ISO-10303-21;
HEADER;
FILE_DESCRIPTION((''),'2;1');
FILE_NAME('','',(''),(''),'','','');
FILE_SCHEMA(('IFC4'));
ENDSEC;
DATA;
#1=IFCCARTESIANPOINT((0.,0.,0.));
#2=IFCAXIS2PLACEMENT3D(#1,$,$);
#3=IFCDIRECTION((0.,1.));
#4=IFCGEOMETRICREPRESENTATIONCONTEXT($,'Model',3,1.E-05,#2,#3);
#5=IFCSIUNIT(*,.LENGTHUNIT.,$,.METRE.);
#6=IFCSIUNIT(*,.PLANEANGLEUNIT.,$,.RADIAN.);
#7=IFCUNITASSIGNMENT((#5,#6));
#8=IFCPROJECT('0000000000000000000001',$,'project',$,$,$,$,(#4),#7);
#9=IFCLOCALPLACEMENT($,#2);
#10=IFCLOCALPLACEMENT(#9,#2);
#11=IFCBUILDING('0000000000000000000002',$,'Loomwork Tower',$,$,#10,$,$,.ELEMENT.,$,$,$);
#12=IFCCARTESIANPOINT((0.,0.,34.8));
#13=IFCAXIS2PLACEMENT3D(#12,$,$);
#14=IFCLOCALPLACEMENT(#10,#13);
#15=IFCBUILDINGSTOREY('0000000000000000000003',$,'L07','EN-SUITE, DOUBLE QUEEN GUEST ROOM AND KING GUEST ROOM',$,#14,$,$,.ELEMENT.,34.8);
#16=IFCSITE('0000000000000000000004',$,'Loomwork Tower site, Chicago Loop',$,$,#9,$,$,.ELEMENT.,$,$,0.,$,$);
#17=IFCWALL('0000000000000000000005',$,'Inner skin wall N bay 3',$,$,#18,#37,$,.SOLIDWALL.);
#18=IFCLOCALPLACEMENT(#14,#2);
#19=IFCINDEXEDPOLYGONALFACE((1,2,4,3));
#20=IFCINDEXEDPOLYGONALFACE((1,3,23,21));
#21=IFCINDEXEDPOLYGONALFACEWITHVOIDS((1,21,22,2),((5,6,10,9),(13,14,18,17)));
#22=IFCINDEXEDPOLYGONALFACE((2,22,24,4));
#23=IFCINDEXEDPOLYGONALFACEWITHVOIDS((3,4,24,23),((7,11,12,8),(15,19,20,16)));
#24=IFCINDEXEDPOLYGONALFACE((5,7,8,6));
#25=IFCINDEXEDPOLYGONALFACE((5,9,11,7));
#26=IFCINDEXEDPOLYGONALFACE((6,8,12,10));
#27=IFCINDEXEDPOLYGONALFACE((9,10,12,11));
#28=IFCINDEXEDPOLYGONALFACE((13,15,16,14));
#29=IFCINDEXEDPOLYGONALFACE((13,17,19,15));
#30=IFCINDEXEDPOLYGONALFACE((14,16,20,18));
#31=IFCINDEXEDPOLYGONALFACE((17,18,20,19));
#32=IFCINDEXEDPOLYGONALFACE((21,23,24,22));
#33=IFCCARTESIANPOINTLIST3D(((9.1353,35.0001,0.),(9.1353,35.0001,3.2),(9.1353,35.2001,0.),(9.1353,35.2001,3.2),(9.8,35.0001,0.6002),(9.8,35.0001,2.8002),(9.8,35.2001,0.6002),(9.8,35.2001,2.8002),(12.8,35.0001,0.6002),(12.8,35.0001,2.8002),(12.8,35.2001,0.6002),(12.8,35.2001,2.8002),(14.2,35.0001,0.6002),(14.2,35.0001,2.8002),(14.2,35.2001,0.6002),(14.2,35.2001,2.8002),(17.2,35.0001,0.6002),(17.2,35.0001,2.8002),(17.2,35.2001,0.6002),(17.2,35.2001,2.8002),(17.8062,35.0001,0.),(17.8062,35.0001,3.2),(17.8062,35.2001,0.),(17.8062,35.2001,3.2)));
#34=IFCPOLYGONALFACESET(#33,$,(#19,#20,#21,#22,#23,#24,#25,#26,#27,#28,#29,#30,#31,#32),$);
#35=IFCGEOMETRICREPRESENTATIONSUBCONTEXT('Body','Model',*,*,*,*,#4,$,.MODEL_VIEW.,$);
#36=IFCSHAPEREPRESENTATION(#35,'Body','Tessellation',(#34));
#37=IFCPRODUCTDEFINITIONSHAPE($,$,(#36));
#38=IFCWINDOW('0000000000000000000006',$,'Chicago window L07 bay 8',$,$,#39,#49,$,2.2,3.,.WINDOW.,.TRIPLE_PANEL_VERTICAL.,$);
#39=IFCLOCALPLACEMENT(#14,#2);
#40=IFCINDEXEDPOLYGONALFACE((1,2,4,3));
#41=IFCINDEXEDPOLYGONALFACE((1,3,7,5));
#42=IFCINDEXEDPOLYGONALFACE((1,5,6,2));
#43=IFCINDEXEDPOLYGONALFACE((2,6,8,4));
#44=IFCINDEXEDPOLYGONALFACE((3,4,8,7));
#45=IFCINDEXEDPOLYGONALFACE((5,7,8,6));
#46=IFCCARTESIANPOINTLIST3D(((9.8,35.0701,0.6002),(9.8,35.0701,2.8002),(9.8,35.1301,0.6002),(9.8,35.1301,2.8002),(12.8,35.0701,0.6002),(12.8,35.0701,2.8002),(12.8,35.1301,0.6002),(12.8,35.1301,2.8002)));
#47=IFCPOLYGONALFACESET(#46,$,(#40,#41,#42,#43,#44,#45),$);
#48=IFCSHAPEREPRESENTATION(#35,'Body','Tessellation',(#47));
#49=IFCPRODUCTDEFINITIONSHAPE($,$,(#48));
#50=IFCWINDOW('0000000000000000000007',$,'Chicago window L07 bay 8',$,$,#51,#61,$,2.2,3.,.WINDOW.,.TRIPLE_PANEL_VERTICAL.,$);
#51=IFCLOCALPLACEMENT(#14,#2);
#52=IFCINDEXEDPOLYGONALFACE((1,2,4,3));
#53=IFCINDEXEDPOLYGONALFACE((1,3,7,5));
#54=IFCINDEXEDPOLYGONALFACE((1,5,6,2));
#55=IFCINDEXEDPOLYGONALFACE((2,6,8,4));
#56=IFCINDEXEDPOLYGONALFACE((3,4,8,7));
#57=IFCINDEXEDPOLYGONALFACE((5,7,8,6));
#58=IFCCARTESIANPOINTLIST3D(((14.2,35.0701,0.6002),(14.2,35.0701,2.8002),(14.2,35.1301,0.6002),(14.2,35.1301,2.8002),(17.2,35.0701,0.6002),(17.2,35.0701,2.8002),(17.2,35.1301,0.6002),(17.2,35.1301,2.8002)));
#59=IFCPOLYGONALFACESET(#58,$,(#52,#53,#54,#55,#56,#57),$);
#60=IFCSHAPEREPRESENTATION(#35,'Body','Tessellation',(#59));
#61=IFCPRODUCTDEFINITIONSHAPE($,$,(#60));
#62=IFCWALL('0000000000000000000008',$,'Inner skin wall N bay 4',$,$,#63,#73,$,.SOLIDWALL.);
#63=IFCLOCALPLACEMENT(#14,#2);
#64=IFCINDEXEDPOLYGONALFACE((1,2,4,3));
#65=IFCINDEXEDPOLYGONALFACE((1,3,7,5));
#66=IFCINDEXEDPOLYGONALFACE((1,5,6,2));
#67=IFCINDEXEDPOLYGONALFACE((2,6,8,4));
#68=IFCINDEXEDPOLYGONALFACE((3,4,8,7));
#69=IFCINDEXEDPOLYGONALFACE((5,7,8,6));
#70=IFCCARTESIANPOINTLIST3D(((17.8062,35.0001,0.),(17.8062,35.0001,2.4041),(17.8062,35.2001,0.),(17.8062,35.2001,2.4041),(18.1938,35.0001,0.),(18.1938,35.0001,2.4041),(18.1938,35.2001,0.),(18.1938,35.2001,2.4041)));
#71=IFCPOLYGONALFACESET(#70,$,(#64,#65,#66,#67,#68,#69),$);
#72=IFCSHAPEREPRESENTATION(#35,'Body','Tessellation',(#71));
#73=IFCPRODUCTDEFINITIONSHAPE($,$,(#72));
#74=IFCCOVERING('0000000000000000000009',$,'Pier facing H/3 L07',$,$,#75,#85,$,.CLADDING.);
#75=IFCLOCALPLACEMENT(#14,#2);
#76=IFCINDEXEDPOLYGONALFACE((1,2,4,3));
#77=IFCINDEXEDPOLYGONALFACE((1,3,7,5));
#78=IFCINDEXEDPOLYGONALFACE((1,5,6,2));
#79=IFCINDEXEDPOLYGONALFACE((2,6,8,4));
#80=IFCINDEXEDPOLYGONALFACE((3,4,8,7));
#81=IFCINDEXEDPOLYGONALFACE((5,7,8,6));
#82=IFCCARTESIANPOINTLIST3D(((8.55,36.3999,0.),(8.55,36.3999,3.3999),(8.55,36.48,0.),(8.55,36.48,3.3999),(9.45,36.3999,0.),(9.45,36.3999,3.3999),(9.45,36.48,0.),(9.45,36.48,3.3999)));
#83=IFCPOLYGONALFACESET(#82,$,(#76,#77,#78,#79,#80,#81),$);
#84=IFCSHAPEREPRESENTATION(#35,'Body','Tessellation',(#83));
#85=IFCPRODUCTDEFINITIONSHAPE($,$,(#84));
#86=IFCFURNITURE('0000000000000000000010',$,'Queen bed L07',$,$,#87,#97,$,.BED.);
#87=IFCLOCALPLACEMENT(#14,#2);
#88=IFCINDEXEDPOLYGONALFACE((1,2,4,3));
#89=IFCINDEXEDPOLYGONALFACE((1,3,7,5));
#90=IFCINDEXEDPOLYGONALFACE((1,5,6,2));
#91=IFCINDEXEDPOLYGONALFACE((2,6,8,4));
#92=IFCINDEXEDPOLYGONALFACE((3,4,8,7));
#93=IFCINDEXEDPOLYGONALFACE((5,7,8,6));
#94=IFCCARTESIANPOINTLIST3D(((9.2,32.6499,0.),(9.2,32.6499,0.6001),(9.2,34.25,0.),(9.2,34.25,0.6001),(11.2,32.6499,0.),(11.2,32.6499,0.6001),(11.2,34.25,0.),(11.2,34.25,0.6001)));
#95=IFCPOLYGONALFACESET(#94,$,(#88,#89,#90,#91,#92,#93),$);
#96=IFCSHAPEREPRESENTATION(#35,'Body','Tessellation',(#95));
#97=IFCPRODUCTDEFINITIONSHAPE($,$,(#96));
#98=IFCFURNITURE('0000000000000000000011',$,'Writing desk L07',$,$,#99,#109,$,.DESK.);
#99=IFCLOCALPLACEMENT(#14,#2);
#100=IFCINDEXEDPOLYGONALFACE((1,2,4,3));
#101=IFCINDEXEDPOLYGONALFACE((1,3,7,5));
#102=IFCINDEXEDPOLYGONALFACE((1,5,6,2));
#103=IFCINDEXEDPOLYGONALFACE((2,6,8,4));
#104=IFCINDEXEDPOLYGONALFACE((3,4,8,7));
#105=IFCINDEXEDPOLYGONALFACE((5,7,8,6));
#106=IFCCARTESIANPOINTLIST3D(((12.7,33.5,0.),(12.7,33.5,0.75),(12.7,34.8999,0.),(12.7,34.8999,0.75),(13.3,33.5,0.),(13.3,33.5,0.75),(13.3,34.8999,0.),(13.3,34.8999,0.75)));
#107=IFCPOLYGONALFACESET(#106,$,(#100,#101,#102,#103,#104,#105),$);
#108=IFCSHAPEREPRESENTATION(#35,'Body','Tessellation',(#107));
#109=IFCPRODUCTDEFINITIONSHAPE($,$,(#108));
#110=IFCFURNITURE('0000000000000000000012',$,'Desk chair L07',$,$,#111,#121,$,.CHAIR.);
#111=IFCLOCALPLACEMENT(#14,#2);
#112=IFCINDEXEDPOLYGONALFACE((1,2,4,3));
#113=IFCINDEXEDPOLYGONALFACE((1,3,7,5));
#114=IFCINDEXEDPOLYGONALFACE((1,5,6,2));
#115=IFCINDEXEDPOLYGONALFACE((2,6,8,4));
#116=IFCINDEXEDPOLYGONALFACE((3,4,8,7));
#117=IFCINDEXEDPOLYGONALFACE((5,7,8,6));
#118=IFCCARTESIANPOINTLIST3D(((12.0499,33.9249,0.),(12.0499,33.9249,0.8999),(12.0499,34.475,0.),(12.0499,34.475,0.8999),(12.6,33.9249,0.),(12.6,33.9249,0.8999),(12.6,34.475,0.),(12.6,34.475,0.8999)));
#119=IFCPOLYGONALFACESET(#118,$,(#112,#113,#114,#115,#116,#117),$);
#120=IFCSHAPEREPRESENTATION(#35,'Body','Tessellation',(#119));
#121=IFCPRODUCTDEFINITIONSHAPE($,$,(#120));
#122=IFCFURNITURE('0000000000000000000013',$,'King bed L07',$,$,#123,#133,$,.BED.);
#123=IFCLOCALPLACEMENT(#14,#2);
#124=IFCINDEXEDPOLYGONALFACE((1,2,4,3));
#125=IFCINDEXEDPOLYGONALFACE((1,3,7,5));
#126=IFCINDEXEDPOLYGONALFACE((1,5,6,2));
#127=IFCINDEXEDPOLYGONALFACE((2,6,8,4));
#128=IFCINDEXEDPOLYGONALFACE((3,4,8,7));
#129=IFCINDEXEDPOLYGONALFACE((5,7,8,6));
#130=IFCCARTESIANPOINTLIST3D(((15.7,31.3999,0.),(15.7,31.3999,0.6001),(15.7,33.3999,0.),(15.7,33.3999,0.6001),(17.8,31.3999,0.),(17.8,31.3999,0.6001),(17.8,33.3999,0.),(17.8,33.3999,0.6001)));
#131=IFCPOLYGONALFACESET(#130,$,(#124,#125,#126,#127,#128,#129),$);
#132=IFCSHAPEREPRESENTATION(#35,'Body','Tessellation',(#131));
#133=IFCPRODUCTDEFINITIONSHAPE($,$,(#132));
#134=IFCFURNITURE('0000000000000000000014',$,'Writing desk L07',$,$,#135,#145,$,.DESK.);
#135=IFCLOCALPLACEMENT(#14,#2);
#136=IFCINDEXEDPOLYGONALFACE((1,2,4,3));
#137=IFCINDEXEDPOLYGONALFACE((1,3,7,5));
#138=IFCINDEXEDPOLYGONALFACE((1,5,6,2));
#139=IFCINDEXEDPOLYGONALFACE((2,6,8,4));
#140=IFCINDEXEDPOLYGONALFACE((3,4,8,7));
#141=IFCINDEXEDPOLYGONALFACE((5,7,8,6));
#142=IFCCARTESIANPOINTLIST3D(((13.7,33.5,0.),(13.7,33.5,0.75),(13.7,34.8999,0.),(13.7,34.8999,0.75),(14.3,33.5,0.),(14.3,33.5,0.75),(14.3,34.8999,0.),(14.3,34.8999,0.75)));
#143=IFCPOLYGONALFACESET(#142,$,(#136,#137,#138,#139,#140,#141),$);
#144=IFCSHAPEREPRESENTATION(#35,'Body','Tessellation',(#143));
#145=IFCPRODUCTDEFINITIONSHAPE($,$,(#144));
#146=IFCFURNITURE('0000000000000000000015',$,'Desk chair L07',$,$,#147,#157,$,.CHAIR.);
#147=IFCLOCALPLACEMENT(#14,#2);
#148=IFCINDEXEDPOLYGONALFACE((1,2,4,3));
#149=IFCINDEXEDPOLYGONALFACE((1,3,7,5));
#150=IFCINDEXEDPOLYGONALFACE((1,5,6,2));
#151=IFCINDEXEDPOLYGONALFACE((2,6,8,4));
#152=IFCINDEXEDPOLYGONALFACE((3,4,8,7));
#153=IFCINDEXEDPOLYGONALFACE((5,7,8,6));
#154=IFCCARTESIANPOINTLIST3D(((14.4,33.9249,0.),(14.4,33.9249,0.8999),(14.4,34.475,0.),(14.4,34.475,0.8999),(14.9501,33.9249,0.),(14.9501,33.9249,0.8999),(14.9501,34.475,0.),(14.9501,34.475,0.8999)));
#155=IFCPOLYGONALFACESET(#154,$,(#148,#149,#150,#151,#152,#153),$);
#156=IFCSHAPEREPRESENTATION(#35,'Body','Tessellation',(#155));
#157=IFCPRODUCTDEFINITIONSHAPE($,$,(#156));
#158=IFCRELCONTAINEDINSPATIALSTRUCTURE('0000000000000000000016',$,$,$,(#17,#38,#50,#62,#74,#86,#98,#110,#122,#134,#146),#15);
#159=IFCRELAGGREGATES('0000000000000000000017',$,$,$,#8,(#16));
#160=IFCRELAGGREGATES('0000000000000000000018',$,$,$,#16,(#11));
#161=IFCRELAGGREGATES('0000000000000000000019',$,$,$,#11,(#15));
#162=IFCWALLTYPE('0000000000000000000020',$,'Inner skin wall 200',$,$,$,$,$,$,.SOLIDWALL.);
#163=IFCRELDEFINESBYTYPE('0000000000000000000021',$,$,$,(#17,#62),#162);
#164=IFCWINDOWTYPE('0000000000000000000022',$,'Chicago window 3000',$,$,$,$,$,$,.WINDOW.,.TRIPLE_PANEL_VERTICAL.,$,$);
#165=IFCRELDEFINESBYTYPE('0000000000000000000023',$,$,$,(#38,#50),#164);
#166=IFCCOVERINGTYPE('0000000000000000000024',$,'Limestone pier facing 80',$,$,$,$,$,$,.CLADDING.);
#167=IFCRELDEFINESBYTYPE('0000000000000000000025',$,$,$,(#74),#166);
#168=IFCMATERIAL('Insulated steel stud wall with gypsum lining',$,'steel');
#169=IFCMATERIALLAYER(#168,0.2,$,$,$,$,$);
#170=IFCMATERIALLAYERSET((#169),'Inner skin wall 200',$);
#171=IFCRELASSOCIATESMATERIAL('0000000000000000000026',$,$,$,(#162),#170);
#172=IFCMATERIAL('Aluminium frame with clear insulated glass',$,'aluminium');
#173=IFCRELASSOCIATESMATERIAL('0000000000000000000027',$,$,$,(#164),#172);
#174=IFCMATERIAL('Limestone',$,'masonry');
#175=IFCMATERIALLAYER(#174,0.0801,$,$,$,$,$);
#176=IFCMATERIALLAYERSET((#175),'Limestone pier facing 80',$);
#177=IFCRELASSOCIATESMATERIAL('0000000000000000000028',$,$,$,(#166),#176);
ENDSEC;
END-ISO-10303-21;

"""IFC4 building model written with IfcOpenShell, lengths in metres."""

from ifc_helpers import new_model, si_unit, direction, frame, frame_2d, origin, origin_2d, place, context, subcontext, project, spatial, rectangle, extrude, material, layer, layer_set, type_object, element, fill, save


model = new_model("IFC4")

# Units and contexts
model_context = context("Model", 3, precision=1e-05, world=origin(), true_north=direction((0.0, 1.0)))
body_context = subcontext(model_context, "Body", "Model", "MODEL_VIEW")
ifc_project = project(units=[si_unit("LENGTHUNIT", "METRE"), si_unit("PLANEANGLEUNIT", "RADIAN")], contexts=[model_context])

# Site, building, storey
site_placement = place(None, origin())
site = spatial("IfcSite", under=ifc_project, at=site_placement, Name="Loomwork Tower site, Chicago Loop", CompositionType="ELEMENT", RefElevation=0.0)
building_placement = place(site_placement, origin())
building = spatial("IfcBuilding", under=site, at=building_placement, Name="Loomwork Tower", CompositionType="ELEMENT")
storey_placement = place(building_placement, frame((0.0, 0.0, 34.8)))
storey = spatial("IfcBuildingStorey", under=building, at=storey_placement, Name="L07", Description="EN-SUITE, DOUBLE QUEEN GUEST ROOM AND KING GUEST ROOM", CompositionType="ELEMENT", Elevation=34.8)

# Wall, openings, windows
ifc_material_1 = material(Name="Insulated steel stud wall with gypsum lining", Category="steel")
ifc_layer_1 = layer(ifc_material_1, 0.2)
ifc_layer_set_1 = layer_set([ifc_layer_1], Name="Inner skin wall 200")
wall_type = type_object("IfcWallType", Name="Inner skin wall 200", PredefinedType="SOLIDWALL", material=ifc_layer_set_1)
wall_1_placement = place(storey_placement, frame((9.1353, 35.1001, 0.0), z_axis=(0.0, 0.0, 1.0), x_axis=(1.0, 0.0, 0.0)))
wall_1 = element("IfcWall", 1, at=wall_1_placement, inside=storey, type_object=wall_type, Name="Inner skin wall N bay 3", PredefinedType="SOLIDWALL", context=body_context, shape_type="SweptSolid", body=[
    extrude(rectangle(XDim=8.6709, YDim=0.2, at=frame_2d((4.3354, 0.0))), origin(), (0.0, 0.0, 1.0), 3.2),
])
opening_1_placement = place(wall_1_placement, frame((0.6648, 0.0, 0.6001)))
opening_1 = element("IfcOpeningElement", 2, at=opening_1_placement, cuts=wall_1, PredefinedType="OPENING", context=body_context, shape_type="SweptSolid", body=[
    extrude(rectangle(XDim=3.0, YDim=2.2, at=frame_2d((1.5, 1.1001))), frame((0.0, 0.1099, 0.0), z_axis=(0.0, -1.0, 0.0), x_axis=(1.0, 0.0, 0.0)), (0.0, 0.0, 1.0), 0.22),
])
opening_2_placement = place(wall_1_placement, frame((5.0647, 0.0, 0.6001)))
opening_2 = element("IfcOpeningElement", 3, at=opening_2_placement, cuts=wall_1, PredefinedType="OPENING", context=body_context, shape_type="SweptSolid", body=[
    extrude(rectangle(XDim=3.0, YDim=2.2, at=frame_2d((1.5, 1.1001))), frame((0.0, 0.1099, 0.0), z_axis=(0.0, -1.0, 0.0), x_axis=(1.0, 0.0, 0.0)), (0.0, 0.0, 1.0), 0.22),
])
ifc_material_2 = material(Name="Aluminium frame with clear insulated glass", Category="aluminium")
window_type = type_object("IfcWindowType", Name="Chicago window 3000", PartitioningType="TRIPLE_PANEL_VERTICAL", PredefinedType="WINDOW", material=ifc_material_2)
window_1_placement = place(opening_1_placement, origin())
window_1 = element("IfcWindow", 4, at=window_1_placement, inside=storey, type_object=window_type, Name="Chicago window L07 bay 8", OverallHeight=2.2, OverallWidth=3.0, PartitioningType="TRIPLE_PANEL_VERTICAL", PredefinedType="WINDOW", context=body_context, shape_type="SweptSolid", body=[
    extrude(rectangle(XDim=3.0, YDim=2.2, at=frame_2d((1.5, 1.1001))), frame((0.0, 0.03, 0.0), z_axis=(0.0, -1.0, 0.0), x_axis=(1.0, 0.0, 0.0)), (0.0, 0.0, 1.0), 0.0601),
])
fill(opening_1, window_1)
window_2_placement = place(opening_2_placement, origin())
window_2 = element("IfcWindow", 5, at=window_2_placement, inside=storey, type_object=window_type, Name="Chicago window L07 bay 8", OverallHeight=2.2, OverallWidth=3.0, PartitioningType="TRIPLE_PANEL_VERTICAL", PredefinedType="WINDOW", context=body_context, shape_type="SweptSolid", body=[
    extrude(rectangle(XDim=3.0, YDim=2.2, at=frame_2d((1.5, 1.1001))), frame((0.0, 0.03, 0.0), z_axis=(0.0, -1.0, 0.0), x_axis=(1.0, 0.0, 0.0)), (0.0, 0.0, 1.0), 0.0601),
])
fill(opening_2, window_2)

# Wall
wall_2_placement = place(storey_placement, frame((17.8062, 35.1001, 0.0), z_axis=(0.0, 0.0, 1.0), x_axis=(1.0, 0.0, 0.0)))
element("IfcWall", 6, at=wall_2_placement, inside=storey, type_object=wall_type, Name="Inner skin wall N bay 4", PredefinedType="SOLIDWALL", context=body_context, shape_type="SweptSolid", body=[
    extrude(rectangle(XDim=0.3877, YDim=0.2, at=frame_2d((0.1938, 0.0))), origin(), (0.0, 0.0, 1.0), 2.4041),
])

# Covering
ifc_material_3 = material(Name="Limestone", Category="masonry")
ifc_layer_2 = layer(ifc_material_3, 0.0801)
ifc_layer_set_2 = layer_set([ifc_layer_2], Name="Limestone pier facing 80")
covering_type = type_object("IfcCoveringType", Name="Limestone pier facing 80", PredefinedType="CLADDING", material=ifc_layer_set_2)
covering_placement = place(storey_placement, frame((9.0, 36.4399, 0.0), z_axis=(0.0, 0.0, 1.0), x_axis=(1.0, 0.0, 0.0)))
element("IfcCovering", 7, at=covering_placement, inside=storey, type_object=covering_type, Name="Pier facing H/3 L07", PredefinedType="CLADDING", context=body_context, shape_type="SweptSolid", body=[
    extrude(rectangle(XDim=0.8999, YDim=0.0801, at=origin_2d()), origin(), (0.0, 0.0, 1.0), 3.3999),
])

# Furniture
furniture_1_placement = place(storey_placement, frame((10.2, 33.45, 0.0), z_axis=(0.0, 0.0, 1.0), x_axis=(1.0, 0.0, 0.0)))
element("IfcFurniture", 8, at=furniture_1_placement, inside=storey, Name="Queen bed L07", PredefinedType="BED", context=body_context, shape_type="SweptSolid", body=[
    extrude(rectangle(XDim=2.0, YDim=1.6001, at=origin_2d()), origin(), (0.0, 0.0, 1.0), 0.6001),
])
furniture_2_placement = place(storey_placement, frame((13.0, 34.2, 0.0), z_axis=(0.0, 0.0, 1.0), x_axis=(1.0, 0.0, 0.0)))
element("IfcFurniture", 9, at=furniture_2_placement, inside=storey, Name="Writing desk L07", PredefinedType="DESK", context=body_context, shape_type="SweptSolid", body=[
    extrude(rectangle(XDim=0.6001, YDim=1.3999, at=origin_2d()), origin(), (0.0, 0.0, 1.0), 0.75),
])
furniture_3_placement = place(storey_placement, frame((12.325, 34.2, 0.0), z_axis=(0.0, 0.0, 1.0), x_axis=(1.0, 0.0, 0.0)))
element("IfcFurniture", 10, at=furniture_3_placement, inside=storey, Name="Desk chair L07", PredefinedType="CHAIR", context=body_context, shape_type="SweptSolid", body=[
    extrude(rectangle(XDim=0.55, YDim=0.55, at=origin_2d()), origin(), (0.0, 0.0, 1.0), 0.8999),
])
furniture_4_placement = place(storey_placement, frame((16.75, 32.3999, 0.0), z_axis=(0.0, 0.0, 1.0), x_axis=(1.0, 0.0, 0.0)))
element("IfcFurniture", 11, at=furniture_4_placement, inside=storey, Name="King bed L07", PredefinedType="BED", context=body_context, shape_type="SweptSolid", body=[
    extrude(rectangle(XDim=2.1001, YDim=2.0, at=origin_2d()), origin(), (0.0, 0.0, 1.0), 0.6001),
])
furniture_5_placement = place(storey_placement, frame((14.0, 34.2, 0.0), z_axis=(0.0, 0.0, 1.0), x_axis=(1.0, 0.0, 0.0)))
element("IfcFurniture", 12, at=furniture_5_placement, inside=storey, Name="Writing desk L07", PredefinedType="DESK", context=body_context, shape_type="SweptSolid", body=[
    extrude(rectangle(XDim=0.6001, YDim=1.3999, at=origin_2d()), origin(), (0.0, 0.0, 1.0), 0.75),
])
furniture_6_placement = place(storey_placement, frame((14.675, 34.2, 0.0), z_axis=(0.0, 0.0, 1.0), x_axis=(1.0, 0.0, 0.0)))
element("IfcFurniture", 13, at=furniture_6_placement, inside=storey, Name="Desk chair L07", PredefinedType="CHAIR", context=body_context, shape_type="SweptSolid", body=[
    extrude(rectangle(XDim=0.55, YDim=0.55, at=origin_2d()), origin(), (0.0, 0.0, 1.0), 0.8999),
])

save(model, "model.ifc")
